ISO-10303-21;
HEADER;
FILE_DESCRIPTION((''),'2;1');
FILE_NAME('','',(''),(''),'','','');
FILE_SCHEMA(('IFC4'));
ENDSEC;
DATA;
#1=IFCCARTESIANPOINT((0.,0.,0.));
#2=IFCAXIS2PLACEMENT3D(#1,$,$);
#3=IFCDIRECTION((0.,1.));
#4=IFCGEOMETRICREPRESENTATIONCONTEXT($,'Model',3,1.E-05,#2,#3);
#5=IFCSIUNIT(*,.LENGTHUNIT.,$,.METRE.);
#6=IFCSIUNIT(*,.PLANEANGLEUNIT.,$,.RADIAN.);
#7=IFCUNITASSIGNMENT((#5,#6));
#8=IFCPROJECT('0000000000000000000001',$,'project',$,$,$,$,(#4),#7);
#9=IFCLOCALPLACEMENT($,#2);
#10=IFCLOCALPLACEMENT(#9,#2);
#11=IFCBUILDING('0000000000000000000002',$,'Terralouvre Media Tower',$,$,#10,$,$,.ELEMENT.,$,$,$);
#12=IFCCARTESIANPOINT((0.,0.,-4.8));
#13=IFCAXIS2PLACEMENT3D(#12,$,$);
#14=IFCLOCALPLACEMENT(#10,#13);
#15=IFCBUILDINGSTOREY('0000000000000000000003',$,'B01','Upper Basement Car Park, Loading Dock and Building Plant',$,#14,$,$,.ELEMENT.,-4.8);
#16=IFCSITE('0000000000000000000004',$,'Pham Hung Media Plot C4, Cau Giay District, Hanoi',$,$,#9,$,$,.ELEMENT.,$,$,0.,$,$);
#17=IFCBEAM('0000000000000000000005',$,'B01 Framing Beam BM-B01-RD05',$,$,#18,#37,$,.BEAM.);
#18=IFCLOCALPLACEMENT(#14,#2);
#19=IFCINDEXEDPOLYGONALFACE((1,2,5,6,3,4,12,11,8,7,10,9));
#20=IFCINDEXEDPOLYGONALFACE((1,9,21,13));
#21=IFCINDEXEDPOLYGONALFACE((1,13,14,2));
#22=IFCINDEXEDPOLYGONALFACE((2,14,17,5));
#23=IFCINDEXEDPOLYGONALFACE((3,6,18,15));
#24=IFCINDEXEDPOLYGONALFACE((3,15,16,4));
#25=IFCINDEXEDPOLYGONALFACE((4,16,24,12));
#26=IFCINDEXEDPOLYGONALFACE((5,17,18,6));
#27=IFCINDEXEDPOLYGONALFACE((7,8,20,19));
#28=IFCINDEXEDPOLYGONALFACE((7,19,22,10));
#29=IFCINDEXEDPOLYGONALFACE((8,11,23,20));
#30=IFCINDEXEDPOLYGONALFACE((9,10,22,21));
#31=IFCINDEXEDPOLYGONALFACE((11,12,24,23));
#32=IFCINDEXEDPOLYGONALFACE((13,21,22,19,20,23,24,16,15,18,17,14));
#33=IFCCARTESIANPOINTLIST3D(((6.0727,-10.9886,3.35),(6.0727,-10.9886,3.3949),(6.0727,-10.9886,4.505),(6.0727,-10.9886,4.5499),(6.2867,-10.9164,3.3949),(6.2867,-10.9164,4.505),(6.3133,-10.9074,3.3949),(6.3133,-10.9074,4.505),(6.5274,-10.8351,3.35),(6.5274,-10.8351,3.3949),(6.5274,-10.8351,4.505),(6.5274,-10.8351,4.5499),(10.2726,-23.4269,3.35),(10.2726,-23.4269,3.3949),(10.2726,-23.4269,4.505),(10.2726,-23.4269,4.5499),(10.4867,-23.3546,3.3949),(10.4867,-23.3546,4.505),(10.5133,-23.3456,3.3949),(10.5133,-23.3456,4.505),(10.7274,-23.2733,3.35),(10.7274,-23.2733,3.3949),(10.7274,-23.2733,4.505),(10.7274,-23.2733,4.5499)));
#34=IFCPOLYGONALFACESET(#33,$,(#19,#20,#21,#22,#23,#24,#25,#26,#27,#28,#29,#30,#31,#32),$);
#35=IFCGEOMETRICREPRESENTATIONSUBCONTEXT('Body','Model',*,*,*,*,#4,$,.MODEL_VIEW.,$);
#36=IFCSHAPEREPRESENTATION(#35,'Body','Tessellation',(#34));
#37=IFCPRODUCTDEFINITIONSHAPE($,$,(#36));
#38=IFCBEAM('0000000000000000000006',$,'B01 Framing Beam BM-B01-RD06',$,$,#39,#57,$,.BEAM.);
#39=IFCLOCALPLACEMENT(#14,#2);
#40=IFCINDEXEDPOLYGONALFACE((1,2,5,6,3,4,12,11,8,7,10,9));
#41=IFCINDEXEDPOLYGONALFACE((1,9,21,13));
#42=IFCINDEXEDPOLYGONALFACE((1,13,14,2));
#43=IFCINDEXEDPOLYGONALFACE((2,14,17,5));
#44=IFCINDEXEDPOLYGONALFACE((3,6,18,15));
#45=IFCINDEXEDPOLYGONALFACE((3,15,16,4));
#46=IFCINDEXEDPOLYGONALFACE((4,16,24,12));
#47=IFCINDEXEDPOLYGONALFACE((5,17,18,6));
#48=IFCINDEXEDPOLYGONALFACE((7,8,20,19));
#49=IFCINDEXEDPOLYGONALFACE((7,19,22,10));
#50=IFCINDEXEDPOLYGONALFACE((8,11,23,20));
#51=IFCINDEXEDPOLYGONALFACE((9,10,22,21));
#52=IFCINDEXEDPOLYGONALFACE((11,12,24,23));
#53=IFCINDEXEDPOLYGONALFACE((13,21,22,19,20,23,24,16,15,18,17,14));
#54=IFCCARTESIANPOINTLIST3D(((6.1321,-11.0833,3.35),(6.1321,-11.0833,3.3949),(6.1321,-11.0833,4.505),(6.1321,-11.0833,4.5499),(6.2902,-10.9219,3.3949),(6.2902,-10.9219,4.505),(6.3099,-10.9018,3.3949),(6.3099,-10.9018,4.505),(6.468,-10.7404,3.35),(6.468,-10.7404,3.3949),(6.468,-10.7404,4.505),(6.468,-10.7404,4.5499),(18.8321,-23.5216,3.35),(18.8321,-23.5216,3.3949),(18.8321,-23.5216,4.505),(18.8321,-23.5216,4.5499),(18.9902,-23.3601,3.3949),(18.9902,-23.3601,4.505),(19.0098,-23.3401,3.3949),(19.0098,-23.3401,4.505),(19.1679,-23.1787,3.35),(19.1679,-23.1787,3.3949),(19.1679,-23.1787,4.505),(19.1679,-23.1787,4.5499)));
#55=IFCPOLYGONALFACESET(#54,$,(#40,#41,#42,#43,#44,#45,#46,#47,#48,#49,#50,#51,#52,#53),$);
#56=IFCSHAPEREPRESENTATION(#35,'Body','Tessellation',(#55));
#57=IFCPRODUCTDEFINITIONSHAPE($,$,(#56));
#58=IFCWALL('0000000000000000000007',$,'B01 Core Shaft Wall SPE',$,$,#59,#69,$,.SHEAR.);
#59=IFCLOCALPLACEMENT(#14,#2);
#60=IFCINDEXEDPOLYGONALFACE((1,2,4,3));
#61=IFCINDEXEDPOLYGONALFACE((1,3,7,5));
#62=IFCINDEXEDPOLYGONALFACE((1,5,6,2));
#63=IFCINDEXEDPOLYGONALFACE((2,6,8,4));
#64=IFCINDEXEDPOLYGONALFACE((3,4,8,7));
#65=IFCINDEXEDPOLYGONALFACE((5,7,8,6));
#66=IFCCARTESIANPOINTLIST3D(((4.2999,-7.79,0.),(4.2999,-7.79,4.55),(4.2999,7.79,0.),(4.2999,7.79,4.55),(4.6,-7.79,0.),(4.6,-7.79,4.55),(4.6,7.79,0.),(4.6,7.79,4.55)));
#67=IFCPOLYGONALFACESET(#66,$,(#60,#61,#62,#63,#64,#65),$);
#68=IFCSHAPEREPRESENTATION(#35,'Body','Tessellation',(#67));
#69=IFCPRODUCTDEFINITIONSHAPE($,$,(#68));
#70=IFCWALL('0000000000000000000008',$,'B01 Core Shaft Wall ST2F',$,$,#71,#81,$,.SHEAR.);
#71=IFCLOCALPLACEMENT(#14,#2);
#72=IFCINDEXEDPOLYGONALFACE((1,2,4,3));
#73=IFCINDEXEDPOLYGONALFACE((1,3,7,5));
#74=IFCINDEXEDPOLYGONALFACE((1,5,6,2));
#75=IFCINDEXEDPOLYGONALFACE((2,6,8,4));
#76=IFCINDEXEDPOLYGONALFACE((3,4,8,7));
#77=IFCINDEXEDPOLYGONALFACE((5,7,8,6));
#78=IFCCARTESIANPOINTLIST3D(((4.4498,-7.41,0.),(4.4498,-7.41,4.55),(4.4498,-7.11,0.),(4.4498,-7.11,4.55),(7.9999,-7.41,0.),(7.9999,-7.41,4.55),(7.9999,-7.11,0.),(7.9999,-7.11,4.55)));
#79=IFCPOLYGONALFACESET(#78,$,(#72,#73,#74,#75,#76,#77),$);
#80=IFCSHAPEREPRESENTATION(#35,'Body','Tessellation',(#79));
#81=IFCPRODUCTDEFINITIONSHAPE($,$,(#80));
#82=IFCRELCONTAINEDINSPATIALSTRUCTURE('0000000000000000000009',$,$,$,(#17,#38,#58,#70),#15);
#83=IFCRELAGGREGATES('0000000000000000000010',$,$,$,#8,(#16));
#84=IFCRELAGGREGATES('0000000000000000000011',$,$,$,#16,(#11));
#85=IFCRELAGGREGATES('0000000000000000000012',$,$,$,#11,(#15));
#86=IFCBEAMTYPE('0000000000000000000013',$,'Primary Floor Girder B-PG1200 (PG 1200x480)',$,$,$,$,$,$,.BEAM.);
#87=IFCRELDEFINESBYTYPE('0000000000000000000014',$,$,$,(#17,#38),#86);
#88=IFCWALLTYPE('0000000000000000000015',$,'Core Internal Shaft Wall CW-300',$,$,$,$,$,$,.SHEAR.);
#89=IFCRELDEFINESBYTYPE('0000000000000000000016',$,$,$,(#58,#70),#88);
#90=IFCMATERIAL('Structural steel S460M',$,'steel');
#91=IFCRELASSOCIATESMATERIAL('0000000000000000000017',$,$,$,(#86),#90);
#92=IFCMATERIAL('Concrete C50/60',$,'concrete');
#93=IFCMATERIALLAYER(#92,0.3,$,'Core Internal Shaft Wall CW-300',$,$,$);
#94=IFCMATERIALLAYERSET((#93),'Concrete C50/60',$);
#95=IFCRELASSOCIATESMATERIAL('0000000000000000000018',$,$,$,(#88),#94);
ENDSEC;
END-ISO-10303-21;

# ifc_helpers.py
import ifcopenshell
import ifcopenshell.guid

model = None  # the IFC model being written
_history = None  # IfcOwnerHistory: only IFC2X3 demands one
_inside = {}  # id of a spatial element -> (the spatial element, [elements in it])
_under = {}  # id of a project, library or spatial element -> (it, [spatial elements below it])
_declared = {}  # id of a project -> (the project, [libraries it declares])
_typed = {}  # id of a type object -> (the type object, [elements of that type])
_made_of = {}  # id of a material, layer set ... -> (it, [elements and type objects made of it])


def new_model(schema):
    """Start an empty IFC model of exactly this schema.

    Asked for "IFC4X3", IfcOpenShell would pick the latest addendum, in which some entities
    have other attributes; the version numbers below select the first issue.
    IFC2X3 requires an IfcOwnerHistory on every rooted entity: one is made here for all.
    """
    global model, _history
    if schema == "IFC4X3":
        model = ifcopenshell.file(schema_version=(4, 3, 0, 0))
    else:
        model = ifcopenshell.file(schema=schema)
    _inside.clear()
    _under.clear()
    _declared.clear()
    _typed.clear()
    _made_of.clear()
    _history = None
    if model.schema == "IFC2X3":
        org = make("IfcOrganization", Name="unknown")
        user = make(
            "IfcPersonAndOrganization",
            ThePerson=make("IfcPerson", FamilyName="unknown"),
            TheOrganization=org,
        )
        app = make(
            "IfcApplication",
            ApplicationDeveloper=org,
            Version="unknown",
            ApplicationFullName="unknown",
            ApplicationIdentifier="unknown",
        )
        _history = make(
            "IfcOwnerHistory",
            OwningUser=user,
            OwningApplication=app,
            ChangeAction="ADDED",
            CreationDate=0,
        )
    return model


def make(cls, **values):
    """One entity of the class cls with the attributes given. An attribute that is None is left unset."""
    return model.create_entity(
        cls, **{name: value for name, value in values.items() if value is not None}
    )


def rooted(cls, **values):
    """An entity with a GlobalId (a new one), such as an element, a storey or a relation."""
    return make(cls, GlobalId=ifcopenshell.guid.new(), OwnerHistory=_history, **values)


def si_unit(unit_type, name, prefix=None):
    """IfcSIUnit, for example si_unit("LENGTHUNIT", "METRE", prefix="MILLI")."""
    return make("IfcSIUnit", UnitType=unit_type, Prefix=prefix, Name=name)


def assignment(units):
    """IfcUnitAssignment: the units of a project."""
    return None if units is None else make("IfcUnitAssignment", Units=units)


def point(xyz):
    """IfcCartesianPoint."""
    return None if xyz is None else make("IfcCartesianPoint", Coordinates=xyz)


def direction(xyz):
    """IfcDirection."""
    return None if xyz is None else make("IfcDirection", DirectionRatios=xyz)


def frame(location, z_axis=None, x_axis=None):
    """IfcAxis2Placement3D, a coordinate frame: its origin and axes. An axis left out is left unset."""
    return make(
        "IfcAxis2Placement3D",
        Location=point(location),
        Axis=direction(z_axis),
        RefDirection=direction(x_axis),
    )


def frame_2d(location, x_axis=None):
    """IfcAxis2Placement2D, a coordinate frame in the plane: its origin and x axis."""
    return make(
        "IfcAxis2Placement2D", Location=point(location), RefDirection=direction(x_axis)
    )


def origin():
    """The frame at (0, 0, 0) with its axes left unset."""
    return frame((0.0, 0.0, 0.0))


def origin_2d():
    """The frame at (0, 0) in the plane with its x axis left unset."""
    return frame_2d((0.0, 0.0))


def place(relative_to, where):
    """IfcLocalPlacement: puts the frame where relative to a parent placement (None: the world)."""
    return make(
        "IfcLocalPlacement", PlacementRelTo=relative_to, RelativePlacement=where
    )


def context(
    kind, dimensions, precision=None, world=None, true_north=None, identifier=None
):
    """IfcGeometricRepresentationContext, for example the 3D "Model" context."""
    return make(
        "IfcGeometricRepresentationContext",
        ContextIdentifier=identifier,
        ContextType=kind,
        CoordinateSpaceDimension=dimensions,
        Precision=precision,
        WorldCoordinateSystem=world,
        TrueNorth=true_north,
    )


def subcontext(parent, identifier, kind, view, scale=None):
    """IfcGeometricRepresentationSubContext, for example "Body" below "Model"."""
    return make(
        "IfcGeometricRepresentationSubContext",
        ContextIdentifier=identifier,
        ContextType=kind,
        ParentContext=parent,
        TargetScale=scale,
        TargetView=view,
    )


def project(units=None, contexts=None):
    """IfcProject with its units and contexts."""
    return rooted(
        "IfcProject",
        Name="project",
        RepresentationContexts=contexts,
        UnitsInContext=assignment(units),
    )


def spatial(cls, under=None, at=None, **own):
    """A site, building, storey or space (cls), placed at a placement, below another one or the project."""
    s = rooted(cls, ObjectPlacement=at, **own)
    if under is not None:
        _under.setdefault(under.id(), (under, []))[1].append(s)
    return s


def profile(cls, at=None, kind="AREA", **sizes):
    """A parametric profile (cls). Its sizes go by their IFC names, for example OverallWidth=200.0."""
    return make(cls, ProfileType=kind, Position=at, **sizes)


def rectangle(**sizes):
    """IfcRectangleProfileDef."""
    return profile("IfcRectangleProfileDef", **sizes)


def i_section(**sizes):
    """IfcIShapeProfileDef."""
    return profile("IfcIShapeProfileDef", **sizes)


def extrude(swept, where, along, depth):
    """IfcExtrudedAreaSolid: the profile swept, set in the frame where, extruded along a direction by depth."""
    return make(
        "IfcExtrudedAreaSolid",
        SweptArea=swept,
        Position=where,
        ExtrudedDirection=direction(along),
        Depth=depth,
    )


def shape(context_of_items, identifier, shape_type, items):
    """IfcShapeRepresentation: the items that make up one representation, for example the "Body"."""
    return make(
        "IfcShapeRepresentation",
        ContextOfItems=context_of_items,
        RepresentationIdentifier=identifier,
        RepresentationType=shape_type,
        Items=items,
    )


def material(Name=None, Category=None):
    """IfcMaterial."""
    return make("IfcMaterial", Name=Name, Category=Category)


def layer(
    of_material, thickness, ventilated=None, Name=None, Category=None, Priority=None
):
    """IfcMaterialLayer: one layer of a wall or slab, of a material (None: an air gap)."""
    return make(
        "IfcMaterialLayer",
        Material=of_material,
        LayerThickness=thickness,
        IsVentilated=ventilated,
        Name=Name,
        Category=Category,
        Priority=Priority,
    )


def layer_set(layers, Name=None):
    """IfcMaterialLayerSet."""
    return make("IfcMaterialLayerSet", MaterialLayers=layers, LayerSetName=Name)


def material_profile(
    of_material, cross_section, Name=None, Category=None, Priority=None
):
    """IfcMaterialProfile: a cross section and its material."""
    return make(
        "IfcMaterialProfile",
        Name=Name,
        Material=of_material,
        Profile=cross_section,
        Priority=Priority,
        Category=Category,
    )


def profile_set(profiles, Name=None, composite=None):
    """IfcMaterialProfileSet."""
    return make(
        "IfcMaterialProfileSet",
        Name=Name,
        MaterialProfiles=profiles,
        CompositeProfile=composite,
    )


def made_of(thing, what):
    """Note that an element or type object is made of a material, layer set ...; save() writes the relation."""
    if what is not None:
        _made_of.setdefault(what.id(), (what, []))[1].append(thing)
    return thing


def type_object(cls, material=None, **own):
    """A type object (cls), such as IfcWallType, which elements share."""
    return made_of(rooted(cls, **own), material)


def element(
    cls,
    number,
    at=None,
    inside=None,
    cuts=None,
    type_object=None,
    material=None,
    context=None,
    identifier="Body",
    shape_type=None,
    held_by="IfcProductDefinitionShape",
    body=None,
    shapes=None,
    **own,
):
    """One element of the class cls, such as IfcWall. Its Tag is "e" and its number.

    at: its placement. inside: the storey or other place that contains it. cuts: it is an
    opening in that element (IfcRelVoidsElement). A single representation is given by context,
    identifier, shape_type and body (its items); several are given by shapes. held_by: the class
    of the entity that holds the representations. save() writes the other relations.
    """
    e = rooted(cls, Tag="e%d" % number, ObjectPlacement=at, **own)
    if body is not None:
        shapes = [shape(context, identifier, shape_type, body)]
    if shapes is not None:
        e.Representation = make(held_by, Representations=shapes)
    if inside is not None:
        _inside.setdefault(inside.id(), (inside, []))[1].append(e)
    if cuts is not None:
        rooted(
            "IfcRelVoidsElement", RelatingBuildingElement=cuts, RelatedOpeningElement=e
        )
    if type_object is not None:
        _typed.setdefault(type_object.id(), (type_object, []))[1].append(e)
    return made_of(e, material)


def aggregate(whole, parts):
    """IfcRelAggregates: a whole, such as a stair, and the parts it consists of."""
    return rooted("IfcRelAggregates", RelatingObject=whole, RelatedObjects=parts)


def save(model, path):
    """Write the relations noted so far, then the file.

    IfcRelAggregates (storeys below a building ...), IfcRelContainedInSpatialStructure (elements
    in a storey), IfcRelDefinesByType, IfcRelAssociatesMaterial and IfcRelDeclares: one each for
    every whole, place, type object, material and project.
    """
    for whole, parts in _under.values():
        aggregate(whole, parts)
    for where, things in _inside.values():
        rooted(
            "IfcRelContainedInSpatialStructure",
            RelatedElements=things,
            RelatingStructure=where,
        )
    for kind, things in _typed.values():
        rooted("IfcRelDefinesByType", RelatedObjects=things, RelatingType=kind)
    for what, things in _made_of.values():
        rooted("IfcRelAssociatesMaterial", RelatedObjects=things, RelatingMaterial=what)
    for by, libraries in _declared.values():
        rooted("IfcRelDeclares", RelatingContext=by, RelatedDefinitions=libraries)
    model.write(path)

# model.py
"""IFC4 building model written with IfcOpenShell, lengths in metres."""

from ifc_helpers import new_model, si_unit, direction, frame, frame_2d, origin, origin_2d, place, context, subcontext, project, spatial, rectangle, i_section, extrude, material, layer, layer_set, material_profile, profile_set, type_object, element, save


model = new_model("IFC4")

# Units and contexts
model_context = context("Model", 3, precision=1e-05, world=origin(), true_north=direction((0.0, 1.0)))
body_context = subcontext(model_context, "Body", "Model", "MODEL_VIEW")
ifc_project = project(units=[si_unit("LENGTHUNIT", "METRE"), si_unit("PLANEANGLEUNIT", "RADIAN")], contexts=[model_context])

# Site, building, storey
site_placement = place(None, origin())
site = spatial("IfcSite", under=ifc_project, at=site_placement, Name="Pham Hung Media Plot C4, Cau Giay District, Hanoi", CompositionType="ELEMENT", RefElevation=0.0)
building_placement = place(site_placement, origin())
building = spatial("IfcBuilding", under=site, at=building_placement, Name="Terralouvre Media Tower", CompositionType="ELEMENT")
storey_placement = place(building_placement, frame((0.0, 0.0, -4.8)))
storey = spatial("IfcBuildingStorey", under=building, at=storey_placement, Name="B01", Description="Upper Basement Car Park, Loading Dock and Building Plant", CompositionType="ELEMENT", Elevation=-4.8)

# Beams
ifc_material_1 = material(Name="Structural steel S460M", Category="steel")
ifc_material_profile_1 = material_profile(ifc_material_1, i_section(OverallWidth=0.48, OverallDepth=1.2, WebThickness=0.0281, FlangeThickness=0.0449, at=origin_2d()), Name="PG 1200x480")
ifc_profile_set_1 = profile_set([ifc_material_profile_1], Name="Structural steel S460M")
beam_type_1 = type_object("IfcBeamType", Name="Primary Floor Girder B-PG1200 (PG 1200x480)", PredefinedType="BEAM", material=ifc_profile_set_1)
beam_1_placement = place(storey_placement, frame((6.3, -10.9119, 3.95), z_axis=(0.319919, -0.947445, 0.0), x_axis=(0.947445, 0.319919, 0.0)))
element("IfcBeam", 1, at=beam_1_placement, inside=storey, type_object=beam_type_1, Name="B01 Framing Beam BM-B01-RD05", PredefinedType="BEAM", context=body_context, shape_type="SweptSolid", body=[
    extrude(i_section(OverallWidth=0.48, OverallDepth=1.2, WebThickness=0.0281, FlangeThickness=0.0449, at=origin_2d()), origin(), (0.0, 0.0, 1.0), 13.1282),
])
beam_2_placement = place(storey_placement, frame((6.3, -10.9119, 3.95), z_axis=(0.71443, -0.699707, 0.0), x_axis=(0.699707, 0.71443, 0.0)))
element("IfcBeam", 2, at=beam_2_placement, inside=storey, type_object=beam_type_1, Name="B01 Framing Beam BM-B01-RD06", PredefinedType="BEAM", context=body_context, shape_type="SweptSolid", body=[
    extrude(i_section(OverallWidth=0.48, OverallDepth=1.2, WebThickness=0.0281, FlangeThickness=0.0449, at=origin_2d()), origin(), (0.0, 0.0, 1.0), 17.7764),
])

# Walls
ifc_material_2 = material(Name="Concrete C50/60", Category="concrete")
ifc_layer_1 = layer(ifc_material_2, 0.3, Name="Core Internal Shaft Wall CW-300")
ifc_layer_set_1 = layer_set([ifc_layer_1], Name="Concrete C50/60")
wall_type = type_object("IfcWallType", Name="Core Internal Shaft Wall CW-300", PredefinedType="SHEAR", material=ifc_layer_set_1)
wall_1_placement = place(storey_placement, frame((4.45, -7.79, 0.0), z_axis=(0.0, 0.0, 1.0), x_axis=(0.0, 1.0, 0.0)))
element("IfcWall", 3, at=wall_1_placement, inside=storey, type_object=wall_type, Name="B01 Core Shaft Wall SPE", PredefinedType="SHEAR", context=body_context, shape_type="SweptSolid", body=[
    extrude(rectangle(XDim=15.5801, YDim=0.3, at=frame_2d((7.79, 0.0))), origin(), (0.0, 0.0, 1.0), 4.55),
])
wall_2_placement = place(storey_placement, frame((4.45, -7.26, 0.0), z_axis=(0.0, 0.0, 1.0), x_axis=(1.0, 0.0, 0.0)))
element("IfcWall", 4, at=wall_2_placement, inside=storey, type_object=wall_type, Name="B01 Core Shaft Wall ST2F", PredefinedType="SHEAR", context=body_context, shape_type="SweptSolid", body=[
    extrude(rectangle(XDim=3.55, YDim=0.3, at=frame_2d((1.7749, 0.0))), origin(), (0.0, 0.0, 1.0), 4.55),
])

save(model, "model.ifc")
